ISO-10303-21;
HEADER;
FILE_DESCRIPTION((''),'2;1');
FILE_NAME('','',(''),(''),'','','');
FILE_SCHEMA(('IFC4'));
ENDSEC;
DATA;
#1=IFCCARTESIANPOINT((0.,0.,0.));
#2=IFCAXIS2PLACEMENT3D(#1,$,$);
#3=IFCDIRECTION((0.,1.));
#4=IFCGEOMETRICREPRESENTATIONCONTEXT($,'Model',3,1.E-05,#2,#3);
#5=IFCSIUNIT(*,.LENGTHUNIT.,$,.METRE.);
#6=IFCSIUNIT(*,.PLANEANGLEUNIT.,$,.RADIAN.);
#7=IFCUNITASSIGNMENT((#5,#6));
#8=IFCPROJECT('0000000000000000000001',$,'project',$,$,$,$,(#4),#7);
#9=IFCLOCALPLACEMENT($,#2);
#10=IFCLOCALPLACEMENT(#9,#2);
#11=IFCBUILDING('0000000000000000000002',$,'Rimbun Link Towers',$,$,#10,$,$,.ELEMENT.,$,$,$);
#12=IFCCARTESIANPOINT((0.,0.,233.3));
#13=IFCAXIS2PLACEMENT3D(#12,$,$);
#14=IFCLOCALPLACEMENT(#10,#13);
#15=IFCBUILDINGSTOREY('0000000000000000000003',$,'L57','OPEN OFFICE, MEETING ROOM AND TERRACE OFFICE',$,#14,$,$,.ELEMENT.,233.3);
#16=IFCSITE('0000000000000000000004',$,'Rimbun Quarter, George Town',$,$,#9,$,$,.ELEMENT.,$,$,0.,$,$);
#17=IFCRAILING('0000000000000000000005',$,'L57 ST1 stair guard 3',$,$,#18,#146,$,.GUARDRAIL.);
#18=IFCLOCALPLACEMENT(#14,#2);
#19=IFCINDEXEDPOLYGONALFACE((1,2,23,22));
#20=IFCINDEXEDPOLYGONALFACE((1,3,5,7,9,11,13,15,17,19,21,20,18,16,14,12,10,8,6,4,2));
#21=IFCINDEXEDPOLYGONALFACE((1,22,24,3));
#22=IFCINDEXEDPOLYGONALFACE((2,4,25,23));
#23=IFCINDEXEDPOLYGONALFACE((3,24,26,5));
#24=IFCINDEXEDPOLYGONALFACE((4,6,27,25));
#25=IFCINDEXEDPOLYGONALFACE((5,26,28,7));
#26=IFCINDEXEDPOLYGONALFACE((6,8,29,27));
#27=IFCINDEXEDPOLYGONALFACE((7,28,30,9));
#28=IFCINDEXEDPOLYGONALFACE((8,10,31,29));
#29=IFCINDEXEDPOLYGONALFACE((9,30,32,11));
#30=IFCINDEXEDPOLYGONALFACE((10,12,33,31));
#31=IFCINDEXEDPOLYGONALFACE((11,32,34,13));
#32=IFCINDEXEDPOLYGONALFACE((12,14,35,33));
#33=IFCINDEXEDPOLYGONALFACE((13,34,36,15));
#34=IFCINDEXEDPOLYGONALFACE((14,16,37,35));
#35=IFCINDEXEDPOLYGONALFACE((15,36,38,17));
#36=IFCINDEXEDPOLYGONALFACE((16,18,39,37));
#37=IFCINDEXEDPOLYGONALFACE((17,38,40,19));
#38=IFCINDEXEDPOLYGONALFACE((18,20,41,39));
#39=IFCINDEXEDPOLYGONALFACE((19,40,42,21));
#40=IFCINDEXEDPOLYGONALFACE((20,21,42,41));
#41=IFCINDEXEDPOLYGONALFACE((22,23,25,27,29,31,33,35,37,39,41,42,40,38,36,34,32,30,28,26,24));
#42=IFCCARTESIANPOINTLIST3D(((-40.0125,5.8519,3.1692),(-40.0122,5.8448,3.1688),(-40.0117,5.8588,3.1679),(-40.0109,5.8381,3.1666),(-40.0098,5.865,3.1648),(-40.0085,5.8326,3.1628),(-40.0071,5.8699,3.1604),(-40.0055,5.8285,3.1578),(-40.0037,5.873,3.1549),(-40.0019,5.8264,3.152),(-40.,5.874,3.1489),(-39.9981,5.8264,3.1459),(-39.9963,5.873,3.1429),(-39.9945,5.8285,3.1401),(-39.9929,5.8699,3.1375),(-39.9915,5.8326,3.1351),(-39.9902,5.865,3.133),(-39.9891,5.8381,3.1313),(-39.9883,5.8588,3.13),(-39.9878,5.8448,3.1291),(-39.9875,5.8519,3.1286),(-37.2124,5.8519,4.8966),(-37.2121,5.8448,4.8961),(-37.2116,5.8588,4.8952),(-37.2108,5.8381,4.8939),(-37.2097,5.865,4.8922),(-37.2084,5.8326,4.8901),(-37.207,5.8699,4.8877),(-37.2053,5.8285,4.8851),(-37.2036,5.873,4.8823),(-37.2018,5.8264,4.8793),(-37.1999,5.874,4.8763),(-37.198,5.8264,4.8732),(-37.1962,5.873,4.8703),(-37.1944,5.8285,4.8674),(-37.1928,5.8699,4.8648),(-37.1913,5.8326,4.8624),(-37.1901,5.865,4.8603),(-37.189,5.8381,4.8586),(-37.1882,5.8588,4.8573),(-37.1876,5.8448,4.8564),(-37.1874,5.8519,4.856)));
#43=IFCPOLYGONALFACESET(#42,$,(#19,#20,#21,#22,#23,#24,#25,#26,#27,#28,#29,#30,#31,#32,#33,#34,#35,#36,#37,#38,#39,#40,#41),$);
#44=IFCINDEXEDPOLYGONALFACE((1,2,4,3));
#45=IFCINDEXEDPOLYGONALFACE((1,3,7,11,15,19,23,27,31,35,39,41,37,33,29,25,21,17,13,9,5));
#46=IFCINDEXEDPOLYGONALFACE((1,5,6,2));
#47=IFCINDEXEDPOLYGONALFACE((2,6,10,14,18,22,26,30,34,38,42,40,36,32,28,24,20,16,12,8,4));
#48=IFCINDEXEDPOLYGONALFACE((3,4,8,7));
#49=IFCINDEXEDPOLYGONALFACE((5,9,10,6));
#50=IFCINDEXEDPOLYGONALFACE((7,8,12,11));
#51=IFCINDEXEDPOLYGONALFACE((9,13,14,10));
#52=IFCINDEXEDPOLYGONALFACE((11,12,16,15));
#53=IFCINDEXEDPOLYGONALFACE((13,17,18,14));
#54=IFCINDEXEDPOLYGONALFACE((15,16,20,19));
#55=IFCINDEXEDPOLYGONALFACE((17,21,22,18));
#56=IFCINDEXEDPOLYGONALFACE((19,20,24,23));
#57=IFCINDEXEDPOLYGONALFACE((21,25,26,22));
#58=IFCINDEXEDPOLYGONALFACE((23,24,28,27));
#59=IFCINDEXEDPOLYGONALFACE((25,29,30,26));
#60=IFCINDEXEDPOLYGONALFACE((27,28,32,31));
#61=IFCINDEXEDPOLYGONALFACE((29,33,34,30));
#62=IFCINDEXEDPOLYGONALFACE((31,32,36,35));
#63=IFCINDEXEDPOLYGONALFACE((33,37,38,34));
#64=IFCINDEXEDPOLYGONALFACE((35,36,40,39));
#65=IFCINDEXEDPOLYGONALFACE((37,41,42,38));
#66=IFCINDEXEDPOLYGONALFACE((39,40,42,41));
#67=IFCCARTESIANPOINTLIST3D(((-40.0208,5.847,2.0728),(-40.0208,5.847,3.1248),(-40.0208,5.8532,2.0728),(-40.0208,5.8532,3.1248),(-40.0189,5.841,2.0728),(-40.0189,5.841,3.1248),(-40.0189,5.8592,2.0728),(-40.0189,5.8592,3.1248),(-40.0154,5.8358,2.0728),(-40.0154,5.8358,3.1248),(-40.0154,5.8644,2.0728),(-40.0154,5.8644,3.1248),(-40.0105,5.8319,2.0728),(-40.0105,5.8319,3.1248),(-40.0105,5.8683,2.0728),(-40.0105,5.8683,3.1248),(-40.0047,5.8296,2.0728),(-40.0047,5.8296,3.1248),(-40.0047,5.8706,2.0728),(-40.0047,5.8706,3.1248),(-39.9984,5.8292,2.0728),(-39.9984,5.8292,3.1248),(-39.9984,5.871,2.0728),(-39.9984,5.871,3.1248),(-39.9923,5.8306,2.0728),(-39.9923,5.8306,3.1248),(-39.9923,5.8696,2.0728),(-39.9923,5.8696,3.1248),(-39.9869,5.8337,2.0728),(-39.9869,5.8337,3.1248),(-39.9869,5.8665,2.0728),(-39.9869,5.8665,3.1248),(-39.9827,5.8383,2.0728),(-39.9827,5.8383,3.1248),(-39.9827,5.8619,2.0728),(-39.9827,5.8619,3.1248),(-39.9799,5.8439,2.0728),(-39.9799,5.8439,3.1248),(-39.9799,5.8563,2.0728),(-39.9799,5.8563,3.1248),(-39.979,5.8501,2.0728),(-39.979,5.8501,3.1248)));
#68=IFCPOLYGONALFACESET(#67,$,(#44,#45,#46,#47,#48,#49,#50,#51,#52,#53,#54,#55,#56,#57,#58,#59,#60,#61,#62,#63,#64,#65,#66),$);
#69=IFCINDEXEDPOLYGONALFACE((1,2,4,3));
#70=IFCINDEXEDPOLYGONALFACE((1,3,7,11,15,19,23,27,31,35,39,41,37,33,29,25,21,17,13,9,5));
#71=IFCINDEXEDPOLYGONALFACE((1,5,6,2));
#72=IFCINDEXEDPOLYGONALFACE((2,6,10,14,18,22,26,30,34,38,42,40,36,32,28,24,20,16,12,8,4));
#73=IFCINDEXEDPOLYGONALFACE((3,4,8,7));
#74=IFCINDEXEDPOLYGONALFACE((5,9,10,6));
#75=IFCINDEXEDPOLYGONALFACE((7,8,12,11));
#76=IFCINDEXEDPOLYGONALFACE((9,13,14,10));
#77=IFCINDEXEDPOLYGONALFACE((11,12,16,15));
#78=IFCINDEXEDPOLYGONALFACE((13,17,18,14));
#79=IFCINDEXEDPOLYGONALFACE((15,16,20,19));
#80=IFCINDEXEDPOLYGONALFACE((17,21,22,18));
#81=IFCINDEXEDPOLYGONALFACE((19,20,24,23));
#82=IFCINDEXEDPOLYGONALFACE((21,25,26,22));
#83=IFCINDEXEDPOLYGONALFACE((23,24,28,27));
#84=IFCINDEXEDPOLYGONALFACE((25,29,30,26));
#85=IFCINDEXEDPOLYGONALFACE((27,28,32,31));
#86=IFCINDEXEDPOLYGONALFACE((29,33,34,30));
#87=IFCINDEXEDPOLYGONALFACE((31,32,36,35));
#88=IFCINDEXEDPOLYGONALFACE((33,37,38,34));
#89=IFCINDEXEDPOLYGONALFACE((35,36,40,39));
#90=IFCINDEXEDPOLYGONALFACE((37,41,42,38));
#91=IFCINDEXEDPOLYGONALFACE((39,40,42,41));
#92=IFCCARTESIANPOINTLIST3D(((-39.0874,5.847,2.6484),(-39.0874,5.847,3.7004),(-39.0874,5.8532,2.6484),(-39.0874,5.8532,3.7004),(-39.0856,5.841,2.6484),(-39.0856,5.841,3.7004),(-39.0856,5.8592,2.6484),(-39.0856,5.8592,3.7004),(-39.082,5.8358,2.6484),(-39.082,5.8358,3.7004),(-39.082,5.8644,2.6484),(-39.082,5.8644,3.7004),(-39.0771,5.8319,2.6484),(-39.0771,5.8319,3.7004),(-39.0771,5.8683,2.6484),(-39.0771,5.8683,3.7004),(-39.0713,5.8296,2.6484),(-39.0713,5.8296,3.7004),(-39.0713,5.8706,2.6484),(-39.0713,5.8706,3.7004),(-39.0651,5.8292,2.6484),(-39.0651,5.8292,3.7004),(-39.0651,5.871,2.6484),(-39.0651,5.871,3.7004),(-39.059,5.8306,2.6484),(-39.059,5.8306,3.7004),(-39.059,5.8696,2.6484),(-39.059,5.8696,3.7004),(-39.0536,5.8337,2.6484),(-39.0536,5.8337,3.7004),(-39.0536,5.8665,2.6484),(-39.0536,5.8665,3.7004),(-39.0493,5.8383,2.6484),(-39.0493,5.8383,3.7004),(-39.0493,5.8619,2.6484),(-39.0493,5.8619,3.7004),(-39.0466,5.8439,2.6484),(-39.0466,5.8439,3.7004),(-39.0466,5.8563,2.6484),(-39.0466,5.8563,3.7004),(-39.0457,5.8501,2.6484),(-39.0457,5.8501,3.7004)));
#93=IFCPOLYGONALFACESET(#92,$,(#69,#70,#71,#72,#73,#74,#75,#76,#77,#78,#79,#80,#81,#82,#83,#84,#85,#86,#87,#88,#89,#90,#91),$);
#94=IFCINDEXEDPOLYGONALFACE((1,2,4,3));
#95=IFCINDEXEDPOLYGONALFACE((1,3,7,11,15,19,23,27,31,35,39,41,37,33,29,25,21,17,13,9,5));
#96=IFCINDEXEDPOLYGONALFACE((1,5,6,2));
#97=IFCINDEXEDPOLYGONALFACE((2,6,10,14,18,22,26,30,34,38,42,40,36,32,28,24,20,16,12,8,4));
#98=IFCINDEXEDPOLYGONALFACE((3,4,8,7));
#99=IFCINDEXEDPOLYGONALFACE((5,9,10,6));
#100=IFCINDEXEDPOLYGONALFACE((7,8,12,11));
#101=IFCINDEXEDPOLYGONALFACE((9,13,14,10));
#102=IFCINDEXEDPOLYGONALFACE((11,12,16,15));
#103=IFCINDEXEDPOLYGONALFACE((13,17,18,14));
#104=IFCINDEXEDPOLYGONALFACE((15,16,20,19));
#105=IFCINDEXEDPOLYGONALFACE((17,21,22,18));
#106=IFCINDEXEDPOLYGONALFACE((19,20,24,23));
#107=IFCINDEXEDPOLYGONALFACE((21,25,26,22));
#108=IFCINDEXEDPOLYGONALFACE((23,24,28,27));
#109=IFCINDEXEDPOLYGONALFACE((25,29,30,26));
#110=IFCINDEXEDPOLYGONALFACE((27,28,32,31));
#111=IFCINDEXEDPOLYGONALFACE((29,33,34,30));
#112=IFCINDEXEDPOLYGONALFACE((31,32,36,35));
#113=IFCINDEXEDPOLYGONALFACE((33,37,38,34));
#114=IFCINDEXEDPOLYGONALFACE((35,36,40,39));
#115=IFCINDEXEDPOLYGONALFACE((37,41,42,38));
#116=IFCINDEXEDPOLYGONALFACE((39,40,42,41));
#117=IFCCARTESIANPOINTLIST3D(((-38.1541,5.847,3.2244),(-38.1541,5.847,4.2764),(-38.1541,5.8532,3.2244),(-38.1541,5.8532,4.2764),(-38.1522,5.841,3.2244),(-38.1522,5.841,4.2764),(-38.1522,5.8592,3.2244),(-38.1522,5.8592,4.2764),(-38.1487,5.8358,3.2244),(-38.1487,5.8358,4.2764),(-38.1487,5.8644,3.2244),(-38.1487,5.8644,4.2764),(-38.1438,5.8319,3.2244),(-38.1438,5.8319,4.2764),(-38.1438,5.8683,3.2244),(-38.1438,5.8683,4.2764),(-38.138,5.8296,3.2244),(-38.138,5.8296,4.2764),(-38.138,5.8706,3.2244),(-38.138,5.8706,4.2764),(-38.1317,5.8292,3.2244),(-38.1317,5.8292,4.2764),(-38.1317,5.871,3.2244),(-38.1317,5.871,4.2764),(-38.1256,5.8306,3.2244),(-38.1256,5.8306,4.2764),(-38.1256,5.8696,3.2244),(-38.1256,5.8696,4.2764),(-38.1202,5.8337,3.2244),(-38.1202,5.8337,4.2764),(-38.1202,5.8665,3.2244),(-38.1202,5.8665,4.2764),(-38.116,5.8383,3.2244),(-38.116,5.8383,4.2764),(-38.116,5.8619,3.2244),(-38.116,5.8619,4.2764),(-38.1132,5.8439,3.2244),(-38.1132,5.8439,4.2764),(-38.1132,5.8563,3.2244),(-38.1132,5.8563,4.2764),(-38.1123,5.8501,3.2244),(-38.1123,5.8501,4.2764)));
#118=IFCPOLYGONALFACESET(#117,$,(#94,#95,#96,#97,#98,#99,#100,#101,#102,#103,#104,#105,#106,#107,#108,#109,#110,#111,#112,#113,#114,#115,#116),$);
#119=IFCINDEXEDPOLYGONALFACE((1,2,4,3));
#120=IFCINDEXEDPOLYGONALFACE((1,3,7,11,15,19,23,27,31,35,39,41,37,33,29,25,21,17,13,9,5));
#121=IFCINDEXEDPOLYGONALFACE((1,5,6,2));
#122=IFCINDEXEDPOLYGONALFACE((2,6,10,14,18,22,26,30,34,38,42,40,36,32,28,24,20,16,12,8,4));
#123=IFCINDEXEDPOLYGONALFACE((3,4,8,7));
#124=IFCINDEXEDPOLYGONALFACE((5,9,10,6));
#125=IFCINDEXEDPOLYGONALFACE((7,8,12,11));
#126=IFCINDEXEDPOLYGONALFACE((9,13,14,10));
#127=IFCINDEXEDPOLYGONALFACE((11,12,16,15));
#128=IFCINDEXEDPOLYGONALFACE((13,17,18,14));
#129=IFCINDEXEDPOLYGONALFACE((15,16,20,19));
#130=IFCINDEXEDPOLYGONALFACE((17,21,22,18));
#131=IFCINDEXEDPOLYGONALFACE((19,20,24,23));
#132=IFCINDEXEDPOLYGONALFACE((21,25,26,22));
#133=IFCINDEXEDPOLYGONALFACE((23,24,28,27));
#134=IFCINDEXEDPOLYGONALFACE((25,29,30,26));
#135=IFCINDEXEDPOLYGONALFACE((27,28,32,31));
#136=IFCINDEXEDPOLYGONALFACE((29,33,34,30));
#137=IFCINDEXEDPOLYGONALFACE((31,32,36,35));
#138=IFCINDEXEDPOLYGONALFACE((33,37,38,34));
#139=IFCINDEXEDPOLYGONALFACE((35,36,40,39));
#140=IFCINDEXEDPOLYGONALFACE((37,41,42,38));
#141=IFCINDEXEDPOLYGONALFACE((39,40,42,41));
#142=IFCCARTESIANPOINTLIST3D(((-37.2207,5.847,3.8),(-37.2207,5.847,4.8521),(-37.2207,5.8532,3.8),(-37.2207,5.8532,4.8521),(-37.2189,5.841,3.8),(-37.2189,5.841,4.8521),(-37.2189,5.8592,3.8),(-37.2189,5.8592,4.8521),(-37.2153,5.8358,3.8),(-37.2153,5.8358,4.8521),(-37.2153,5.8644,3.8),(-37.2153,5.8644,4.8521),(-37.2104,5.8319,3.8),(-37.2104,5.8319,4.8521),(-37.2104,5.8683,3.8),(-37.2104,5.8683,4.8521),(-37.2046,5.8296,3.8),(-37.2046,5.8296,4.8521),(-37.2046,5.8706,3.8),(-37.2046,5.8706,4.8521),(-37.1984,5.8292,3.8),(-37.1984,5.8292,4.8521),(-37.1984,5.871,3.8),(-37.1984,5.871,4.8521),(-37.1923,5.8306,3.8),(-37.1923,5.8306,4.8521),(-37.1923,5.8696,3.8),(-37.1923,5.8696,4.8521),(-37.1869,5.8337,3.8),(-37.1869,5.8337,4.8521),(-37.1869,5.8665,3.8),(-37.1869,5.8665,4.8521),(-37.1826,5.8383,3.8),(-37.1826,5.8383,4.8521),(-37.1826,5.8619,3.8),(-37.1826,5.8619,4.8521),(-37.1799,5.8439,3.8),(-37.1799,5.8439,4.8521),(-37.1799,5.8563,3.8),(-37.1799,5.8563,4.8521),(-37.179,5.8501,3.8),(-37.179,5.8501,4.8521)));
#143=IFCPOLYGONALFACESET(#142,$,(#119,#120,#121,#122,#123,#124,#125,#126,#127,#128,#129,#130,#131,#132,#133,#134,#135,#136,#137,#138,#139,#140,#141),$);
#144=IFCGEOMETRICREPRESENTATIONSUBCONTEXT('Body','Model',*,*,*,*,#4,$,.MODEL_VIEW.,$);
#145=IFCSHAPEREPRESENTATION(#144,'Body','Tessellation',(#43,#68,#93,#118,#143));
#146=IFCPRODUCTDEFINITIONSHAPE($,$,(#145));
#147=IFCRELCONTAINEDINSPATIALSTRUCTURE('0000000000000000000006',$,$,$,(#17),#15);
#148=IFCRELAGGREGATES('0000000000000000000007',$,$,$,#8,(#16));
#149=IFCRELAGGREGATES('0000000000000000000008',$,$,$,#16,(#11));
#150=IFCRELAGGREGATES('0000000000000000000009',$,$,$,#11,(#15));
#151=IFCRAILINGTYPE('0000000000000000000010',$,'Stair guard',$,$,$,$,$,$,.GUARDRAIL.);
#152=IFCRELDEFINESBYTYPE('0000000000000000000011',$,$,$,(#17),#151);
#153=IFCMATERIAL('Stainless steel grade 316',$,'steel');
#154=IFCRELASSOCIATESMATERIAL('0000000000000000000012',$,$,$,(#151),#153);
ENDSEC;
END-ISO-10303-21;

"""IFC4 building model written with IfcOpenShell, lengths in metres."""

from ifc_helpers import new_model, si_unit, direction, frame, origin, origin_2d, place, context, subcontext, project, spatial, circle, extrude, material, type_object, element, save


model = new_model("IFC4")

# Units and contexts
model_context = context("Model", 3, precision=1e-05, world=origin(), true_north=direction((0.0, 1.0)))
body_context = subcontext(model_context, "Body", "Model", "MODEL_VIEW")
ifc_project = project(units=[si_unit("LENGTHUNIT", "METRE"), si_unit("PLANEANGLEUNIT", "RADIAN")], contexts=[model_context])

# Site, building, storey
site_placement = place(None, origin())
site = spatial("IfcSite", under=ifc_project, at=site_placement, Name="Rimbun Quarter, George Town", CompositionType="ELEMENT", RefElevation=0.0)
building_placement = place(site_placement, origin())
building = spatial("IfcBuilding", under=site, at=building_placement, Name="Rimbun Link Towers", CompositionType="ELEMENT")
storey_placement = place(building_placement, frame((0.0, 0.0, 233.3)))
storey = spatial("IfcBuildingStorey", under=building, at=storey_placement, Name="L57", Description="OPEN OFFICE, MEETING ROOM AND TERRACE OFFICE", CompositionType="ELEMENT", Elevation=233.3)

# Railing
ifc_material_1 = material(Name="Stainless steel grade 316", Category="steel")
railing_type_1 = type_object("IfcRailingType", Name="Stair guard", PredefinedType="GUARDRAIL", material=ifc_material_1)
railing_1_placement = place(storey_placement, frame((-40.0, 5.8501, 2.0728)))
element("IfcRailing", 1, at=railing_1_placement, inside=storey, type_object=railing_type_1, Name="L57 ST1 stair guard 3", PredefinedType="GUARDRAIL", context=body_context, shape_type="SweptSolid", body=[
    extrude(circle(Radius=0.0239, at=origin_2d()), frame((0.0, 0.0, 1.0762), z_axis=(0.85109, 0.0, 0.52502), x_axis=(0.0, 1.0, 0.0)), (0.0, 0.0, 1.0), 3.29),
    extrude(circle(Radius=0.021, at=origin_2d()), origin(), (0.0, 0.0, 1.0), 1.052),
    extrude(circle(Radius=0.021, at=origin_2d()), frame((0.9333, 0.0, 0.5757)), (0.0, 0.0, 1.0), 1.052),
    extrude(circle(Radius=0.021, at=origin_2d()), frame((1.8667, 0.0, 1.1516)), (0.0, 0.0, 1.0), 1.052),
    extrude(circle(Radius=0.021, at=origin_2d()), frame((2.8, 0.0, 1.7273)), (0.0, 0.0, 1.0), 1.052),
])

save(model, "model.ifc")
